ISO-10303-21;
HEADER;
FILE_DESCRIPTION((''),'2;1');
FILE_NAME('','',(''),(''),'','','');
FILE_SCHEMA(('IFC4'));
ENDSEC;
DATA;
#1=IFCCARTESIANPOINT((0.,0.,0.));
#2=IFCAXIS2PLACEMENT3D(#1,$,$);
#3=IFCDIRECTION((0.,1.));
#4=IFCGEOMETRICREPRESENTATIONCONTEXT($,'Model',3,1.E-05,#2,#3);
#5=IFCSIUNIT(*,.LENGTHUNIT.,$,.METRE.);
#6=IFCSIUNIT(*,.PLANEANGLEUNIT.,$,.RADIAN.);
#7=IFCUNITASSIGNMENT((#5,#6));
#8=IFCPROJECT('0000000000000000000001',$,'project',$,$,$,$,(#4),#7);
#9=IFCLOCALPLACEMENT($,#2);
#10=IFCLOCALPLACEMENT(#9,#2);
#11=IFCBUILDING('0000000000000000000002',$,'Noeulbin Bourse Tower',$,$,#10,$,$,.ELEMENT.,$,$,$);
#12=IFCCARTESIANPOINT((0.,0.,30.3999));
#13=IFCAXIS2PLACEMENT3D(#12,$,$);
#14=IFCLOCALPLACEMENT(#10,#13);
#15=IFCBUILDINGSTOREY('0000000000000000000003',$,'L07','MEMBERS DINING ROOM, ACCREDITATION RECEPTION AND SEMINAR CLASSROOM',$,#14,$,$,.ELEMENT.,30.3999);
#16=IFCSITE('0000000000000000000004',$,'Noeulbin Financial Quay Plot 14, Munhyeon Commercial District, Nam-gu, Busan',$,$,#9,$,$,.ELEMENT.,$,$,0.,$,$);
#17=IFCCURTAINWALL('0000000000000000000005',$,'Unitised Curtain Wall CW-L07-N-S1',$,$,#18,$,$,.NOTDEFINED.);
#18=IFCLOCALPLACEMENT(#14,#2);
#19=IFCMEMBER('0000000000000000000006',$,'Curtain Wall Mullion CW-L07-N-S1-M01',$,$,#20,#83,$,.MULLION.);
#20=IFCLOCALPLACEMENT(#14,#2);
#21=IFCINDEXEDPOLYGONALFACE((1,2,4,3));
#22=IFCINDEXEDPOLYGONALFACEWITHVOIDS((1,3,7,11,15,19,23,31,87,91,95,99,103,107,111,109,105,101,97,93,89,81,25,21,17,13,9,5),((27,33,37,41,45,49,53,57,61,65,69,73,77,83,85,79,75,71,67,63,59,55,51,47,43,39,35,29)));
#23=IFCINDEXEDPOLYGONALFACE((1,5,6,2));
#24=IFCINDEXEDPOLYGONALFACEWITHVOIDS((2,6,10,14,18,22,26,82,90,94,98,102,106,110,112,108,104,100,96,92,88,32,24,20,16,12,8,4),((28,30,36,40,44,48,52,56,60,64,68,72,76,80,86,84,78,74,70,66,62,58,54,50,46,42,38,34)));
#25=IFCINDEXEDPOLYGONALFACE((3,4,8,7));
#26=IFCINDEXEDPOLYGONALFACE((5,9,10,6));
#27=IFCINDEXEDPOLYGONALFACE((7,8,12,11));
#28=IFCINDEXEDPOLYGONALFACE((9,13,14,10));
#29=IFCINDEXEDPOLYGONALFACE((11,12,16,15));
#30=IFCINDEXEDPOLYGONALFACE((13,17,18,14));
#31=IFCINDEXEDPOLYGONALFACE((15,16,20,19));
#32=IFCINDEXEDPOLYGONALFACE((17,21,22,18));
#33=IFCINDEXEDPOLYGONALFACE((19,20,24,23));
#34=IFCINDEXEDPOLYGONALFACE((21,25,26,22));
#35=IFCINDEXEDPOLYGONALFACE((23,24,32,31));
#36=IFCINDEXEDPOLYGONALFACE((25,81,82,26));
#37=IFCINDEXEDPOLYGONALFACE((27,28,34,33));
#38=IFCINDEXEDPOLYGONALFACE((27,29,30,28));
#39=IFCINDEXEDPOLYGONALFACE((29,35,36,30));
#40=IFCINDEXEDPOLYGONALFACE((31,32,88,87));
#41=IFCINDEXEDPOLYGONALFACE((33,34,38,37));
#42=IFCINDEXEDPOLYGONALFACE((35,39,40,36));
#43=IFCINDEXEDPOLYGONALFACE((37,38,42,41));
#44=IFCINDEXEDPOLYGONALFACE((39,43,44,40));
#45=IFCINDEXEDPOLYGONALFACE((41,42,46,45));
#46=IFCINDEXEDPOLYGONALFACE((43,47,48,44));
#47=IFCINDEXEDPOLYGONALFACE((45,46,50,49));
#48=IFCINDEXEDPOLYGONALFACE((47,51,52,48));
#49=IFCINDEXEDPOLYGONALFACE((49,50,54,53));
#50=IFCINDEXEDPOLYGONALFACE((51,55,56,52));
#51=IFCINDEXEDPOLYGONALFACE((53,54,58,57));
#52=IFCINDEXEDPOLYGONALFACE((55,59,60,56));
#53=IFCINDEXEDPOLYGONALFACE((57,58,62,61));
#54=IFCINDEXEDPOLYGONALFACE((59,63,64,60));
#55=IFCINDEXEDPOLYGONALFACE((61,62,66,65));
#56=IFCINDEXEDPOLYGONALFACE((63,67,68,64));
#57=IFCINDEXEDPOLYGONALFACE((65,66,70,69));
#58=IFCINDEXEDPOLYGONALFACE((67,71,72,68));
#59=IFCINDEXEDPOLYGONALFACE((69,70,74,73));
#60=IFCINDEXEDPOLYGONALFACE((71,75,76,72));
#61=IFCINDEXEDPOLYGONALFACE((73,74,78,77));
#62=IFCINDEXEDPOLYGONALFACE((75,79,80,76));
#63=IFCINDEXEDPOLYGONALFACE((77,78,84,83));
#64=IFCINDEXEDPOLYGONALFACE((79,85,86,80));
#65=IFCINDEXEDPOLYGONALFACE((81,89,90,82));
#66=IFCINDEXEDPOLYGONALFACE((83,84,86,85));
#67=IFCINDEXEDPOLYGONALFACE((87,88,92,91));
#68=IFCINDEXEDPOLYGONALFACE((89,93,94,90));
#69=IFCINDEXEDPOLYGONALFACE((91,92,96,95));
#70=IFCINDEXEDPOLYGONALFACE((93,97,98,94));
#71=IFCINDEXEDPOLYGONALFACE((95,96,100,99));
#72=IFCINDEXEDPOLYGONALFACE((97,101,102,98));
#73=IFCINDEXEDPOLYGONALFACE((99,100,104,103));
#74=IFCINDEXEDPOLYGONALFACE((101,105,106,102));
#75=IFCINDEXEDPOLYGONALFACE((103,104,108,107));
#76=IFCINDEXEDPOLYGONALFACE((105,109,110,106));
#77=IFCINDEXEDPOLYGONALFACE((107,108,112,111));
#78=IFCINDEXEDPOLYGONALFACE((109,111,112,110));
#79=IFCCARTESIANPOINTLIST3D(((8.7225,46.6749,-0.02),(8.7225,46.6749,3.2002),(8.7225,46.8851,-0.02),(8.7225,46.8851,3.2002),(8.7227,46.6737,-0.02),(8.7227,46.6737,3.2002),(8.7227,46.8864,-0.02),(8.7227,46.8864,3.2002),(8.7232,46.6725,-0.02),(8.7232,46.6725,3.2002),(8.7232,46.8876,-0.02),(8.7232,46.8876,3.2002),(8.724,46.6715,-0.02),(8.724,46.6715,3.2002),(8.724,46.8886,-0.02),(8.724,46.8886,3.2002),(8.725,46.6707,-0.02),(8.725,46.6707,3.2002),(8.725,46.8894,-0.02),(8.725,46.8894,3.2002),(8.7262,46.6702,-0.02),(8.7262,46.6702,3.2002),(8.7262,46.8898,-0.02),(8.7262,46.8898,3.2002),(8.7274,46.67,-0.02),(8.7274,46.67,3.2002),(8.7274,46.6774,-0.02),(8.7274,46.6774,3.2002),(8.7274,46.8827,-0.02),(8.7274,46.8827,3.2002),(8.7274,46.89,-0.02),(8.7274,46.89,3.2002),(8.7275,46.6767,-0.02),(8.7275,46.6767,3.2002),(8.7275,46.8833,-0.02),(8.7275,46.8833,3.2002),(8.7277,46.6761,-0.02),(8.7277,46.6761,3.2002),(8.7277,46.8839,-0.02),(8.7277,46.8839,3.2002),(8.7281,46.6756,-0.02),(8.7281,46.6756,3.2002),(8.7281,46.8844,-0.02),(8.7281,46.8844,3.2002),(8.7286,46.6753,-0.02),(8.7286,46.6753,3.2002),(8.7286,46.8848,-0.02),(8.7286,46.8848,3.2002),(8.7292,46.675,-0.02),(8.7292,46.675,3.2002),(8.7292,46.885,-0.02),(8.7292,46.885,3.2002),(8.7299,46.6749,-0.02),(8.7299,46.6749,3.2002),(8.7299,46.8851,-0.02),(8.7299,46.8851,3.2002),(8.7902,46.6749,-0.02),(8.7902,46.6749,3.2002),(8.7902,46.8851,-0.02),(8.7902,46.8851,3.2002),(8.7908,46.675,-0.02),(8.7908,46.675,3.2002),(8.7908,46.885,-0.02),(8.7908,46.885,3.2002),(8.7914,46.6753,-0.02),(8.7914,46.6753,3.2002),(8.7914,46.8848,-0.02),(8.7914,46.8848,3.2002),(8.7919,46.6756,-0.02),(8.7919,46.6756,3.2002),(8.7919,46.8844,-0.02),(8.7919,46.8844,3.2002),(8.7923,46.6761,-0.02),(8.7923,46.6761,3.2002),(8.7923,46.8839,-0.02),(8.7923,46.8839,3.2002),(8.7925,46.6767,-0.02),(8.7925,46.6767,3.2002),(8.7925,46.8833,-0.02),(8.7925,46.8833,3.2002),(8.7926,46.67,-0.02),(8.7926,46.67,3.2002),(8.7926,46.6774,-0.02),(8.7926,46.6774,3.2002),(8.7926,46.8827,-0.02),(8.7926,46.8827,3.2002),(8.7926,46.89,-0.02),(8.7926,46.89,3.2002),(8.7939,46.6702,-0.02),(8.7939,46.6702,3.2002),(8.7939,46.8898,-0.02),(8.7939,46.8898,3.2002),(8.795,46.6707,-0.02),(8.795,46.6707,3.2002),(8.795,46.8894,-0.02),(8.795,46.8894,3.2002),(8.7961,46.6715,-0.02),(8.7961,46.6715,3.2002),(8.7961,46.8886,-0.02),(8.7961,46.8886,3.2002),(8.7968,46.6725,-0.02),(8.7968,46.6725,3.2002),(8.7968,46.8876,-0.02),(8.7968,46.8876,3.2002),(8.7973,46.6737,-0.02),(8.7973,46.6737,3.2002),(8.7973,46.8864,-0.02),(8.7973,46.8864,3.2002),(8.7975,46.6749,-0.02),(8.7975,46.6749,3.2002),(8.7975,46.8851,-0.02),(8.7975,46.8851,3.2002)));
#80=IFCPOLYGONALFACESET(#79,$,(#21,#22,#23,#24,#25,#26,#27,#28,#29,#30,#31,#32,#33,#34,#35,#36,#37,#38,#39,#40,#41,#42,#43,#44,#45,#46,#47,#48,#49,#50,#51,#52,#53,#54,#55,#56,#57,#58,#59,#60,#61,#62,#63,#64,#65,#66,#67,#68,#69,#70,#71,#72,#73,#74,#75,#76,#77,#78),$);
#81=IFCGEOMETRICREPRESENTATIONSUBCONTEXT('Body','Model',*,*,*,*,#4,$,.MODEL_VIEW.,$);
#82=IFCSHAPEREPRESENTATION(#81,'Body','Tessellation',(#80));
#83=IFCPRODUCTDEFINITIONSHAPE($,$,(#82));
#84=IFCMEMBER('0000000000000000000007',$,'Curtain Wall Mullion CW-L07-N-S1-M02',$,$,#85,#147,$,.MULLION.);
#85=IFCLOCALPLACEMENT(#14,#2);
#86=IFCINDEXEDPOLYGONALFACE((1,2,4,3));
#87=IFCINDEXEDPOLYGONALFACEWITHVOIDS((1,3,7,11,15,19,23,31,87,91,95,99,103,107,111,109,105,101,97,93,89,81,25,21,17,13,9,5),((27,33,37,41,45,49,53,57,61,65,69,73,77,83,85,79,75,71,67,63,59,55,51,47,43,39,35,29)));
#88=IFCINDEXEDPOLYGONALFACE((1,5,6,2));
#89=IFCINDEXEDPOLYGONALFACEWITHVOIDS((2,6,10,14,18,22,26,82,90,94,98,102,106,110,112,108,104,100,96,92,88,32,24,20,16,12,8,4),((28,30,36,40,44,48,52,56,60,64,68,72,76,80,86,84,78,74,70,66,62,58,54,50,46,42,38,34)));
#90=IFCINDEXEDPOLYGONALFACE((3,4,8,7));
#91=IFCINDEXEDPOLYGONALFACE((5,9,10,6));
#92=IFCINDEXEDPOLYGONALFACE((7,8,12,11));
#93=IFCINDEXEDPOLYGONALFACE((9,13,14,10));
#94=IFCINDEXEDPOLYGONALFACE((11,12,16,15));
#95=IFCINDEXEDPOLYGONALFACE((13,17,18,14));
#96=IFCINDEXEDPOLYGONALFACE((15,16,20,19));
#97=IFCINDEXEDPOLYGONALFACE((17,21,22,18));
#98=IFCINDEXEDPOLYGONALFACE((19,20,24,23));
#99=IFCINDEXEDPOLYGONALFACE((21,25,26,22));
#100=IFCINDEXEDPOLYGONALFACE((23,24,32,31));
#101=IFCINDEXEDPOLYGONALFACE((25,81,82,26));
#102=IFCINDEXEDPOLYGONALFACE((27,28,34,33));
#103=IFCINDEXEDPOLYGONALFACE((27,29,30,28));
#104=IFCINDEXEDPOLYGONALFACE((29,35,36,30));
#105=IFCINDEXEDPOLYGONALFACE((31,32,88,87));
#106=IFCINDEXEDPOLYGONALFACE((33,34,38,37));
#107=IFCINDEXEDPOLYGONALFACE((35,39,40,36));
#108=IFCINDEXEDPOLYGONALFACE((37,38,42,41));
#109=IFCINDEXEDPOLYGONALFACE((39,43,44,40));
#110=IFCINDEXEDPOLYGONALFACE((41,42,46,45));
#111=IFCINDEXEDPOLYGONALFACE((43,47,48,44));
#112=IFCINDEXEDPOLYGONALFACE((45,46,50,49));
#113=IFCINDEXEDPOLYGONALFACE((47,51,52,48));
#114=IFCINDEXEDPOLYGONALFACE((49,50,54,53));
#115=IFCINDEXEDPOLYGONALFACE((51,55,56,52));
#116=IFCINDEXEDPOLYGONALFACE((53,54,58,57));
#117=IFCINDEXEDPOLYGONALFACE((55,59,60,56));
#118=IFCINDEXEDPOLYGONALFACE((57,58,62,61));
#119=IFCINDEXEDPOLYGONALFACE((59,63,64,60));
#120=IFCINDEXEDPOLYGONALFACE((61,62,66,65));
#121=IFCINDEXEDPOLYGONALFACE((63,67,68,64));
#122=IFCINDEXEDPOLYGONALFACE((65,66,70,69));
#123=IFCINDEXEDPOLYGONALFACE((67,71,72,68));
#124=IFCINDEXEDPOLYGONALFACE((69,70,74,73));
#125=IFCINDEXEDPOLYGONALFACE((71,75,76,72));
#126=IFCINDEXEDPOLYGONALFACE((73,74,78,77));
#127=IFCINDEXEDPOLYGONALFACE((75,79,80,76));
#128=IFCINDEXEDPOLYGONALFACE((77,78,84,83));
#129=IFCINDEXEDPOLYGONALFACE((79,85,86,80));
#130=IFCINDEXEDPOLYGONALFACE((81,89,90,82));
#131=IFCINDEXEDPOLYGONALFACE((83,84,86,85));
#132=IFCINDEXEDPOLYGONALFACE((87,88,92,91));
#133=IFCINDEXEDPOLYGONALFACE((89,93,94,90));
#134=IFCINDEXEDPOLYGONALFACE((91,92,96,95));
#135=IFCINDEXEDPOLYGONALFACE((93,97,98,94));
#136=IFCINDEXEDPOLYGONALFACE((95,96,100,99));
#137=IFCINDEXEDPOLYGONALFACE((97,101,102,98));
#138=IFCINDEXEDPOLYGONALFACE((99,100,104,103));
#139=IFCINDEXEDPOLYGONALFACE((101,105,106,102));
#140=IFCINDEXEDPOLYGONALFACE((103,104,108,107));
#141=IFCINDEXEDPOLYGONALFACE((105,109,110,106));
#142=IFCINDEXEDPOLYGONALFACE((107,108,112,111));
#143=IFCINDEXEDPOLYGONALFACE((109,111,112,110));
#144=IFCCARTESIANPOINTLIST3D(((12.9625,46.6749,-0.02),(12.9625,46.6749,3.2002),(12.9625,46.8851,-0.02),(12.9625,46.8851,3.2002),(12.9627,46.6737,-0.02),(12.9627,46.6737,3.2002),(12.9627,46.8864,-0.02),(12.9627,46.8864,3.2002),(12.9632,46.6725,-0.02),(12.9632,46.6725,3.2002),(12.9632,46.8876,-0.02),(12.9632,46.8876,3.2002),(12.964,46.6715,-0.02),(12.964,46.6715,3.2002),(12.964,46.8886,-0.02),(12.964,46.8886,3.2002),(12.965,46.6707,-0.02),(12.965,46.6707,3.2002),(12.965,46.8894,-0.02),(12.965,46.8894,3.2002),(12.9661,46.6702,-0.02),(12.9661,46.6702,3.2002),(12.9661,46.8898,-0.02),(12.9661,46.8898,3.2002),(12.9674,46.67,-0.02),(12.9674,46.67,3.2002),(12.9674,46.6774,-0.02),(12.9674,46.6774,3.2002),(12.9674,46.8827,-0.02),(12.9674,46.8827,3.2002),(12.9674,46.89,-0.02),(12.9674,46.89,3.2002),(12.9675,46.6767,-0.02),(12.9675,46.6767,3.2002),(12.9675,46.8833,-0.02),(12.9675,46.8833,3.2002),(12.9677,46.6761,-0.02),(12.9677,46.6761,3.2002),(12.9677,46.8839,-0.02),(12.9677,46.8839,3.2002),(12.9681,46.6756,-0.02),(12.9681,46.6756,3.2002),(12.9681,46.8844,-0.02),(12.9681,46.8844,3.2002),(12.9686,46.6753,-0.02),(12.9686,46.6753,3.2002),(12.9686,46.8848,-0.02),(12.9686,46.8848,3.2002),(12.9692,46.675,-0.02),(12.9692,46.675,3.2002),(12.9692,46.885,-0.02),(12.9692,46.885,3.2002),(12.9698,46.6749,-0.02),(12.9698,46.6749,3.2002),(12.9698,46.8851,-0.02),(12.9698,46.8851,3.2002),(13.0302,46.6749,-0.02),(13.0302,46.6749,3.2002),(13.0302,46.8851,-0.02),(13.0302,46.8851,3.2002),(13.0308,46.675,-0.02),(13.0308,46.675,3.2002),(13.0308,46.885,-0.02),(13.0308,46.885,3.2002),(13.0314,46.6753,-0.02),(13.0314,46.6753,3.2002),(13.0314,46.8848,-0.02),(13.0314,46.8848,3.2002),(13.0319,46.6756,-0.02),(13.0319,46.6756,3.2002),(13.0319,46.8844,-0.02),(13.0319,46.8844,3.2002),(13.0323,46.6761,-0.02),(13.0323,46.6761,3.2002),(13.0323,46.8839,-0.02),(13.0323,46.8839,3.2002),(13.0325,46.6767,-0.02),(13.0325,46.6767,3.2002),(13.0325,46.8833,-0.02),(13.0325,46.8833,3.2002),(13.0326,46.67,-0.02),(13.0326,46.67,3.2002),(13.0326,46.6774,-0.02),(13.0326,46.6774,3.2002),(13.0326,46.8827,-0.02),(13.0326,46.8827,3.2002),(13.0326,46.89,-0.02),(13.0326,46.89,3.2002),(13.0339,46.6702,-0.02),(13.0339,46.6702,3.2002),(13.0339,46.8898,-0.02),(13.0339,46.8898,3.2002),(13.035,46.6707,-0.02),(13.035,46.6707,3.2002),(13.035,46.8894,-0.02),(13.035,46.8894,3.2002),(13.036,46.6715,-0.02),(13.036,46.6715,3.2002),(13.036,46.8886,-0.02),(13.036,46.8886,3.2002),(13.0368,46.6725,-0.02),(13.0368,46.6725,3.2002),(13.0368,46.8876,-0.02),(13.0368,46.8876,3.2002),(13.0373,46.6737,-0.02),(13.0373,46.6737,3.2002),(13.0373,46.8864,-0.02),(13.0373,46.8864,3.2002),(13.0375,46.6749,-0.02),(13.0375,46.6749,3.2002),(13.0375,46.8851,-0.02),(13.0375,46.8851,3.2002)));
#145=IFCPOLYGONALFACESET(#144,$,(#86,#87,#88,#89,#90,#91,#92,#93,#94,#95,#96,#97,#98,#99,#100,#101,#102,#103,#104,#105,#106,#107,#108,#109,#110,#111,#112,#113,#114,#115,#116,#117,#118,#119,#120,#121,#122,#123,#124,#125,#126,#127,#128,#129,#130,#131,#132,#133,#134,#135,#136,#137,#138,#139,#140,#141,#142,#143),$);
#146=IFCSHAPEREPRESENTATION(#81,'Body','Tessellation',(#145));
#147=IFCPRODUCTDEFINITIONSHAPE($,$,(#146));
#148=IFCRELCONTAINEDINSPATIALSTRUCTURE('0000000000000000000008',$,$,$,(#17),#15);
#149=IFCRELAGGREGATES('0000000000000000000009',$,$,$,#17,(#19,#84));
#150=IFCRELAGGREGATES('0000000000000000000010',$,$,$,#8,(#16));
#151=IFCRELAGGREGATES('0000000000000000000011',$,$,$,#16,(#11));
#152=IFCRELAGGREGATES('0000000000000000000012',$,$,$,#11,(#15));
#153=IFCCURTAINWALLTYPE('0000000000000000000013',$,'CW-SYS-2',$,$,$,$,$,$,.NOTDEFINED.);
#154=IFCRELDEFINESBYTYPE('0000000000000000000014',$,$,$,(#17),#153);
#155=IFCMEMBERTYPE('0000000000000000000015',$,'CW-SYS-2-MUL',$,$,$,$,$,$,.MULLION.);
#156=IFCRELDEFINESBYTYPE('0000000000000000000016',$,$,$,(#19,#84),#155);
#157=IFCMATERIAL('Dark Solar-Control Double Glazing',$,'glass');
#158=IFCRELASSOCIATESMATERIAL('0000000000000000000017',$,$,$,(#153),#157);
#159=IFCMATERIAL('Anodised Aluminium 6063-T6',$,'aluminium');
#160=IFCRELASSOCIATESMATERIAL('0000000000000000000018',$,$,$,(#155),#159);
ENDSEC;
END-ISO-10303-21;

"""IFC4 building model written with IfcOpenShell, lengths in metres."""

from ifc_helpers import new_model, si_unit, direction, frame, origin, origin_2d, place, context, subcontext, project, spatial, hollow_rectangle, extrude, material, material_profile, profile_set, type_object, element, aggregate, save


model = new_model("IFC4")

# Units and contexts
model_context = context("Model", 3, precision=1e-05, world=origin(), true_north=direction((0.0, 1.0)))
body_context = subcontext(model_context, "Body", "Model", "MODEL_VIEW")
ifc_project = project(units=[si_unit("LENGTHUNIT", "METRE"), si_unit("PLANEANGLEUNIT", "RADIAN")], contexts=[model_context])

# Site, building, storey
site_placement = place(None, origin())
site = spatial("IfcSite", under=ifc_project, at=site_placement, Name="Noeulbin Financial Quay Plot 14, Munhyeon Commercial District, Nam-gu, Busan", CompositionType="ELEMENT", RefElevation=0.0)
building_placement = place(site_placement, origin())
building = spatial("IfcBuilding", under=site, at=building_placement, Name="Noeulbin Bourse Tower", CompositionType="ELEMENT")
storey_placement = place(building_placement, frame((0.0, 0.0, 30.3999)))
storey = spatial("IfcBuildingStorey", under=building, at=storey_placement, Name="L07", Description="MEMBERS DINING ROOM, ACCREDITATION RECEPTION AND SEMINAR CLASSROOM", CompositionType="ELEMENT", Elevation=30.3999)

# Curtain wall, members
ifc_material_1 = material(Name="Dark Solar-Control Double Glazing", Category="glass")
curtain_wall_type = type_object("IfcCurtainWallType", Name="CW-SYS-2", PredefinedType="NOTDEFINED", material=ifc_material_1)
curtain_wall_1_placement = place(storey_placement, origin())
curtain_wall_1 = element("IfcCurtainWall", 1, at=curtain_wall_1_placement, inside=storey, type_object=curtain_wall_type, Name="Unitised Curtain Wall CW-L07-N-S1", PredefinedType="NOTDEFINED")
ifc_material_2 = material(Name="Anodised Aluminium 6063-T6", Category="aluminium")
ifc_material_profile_1 = material_profile(ifc_material_2, hollow_rectangle(XDim=0.075, YDim=0.22, WallThickness=0.0049, InnerFilletRadius=0.0024, OuterFilletRadius=0.0049, at=origin_2d()), Name="ALU-MULL-75x220x5", Category="LoadBearing")
ifc_profile_set_1 = profile_set([ifc_material_profile_1], Name="Anodised Aluminium 6063-T6")
member_type_1 = type_object("IfcMemberType", Name="CW-SYS-2-MUL", PredefinedType="MULLION", material=ifc_profile_set_1)
member_1_placement = place(storey_placement, frame((8.76, 46.78, -0.02), z_axis=(0.0, 0.0, 1.0), x_axis=(1.0, 0.0, 0.0)))
member_1 = element("IfcMember", 2, at=member_1_placement, type_object=member_type_1, Name="Curtain Wall Mullion CW-L07-N-S1-M01", PredefinedType="MULLION", context=body_context, shape_type="SweptSolid", body=[
    extrude(hollow_rectangle(XDim=0.075, YDim=0.22, WallThickness=0.0049, InnerFilletRadius=0.0024, OuterFilletRadius=0.0049, at=origin_2d()), origin(), (0.0, 0.0, 1.0), 3.2202),
])
member_2_placement = place(storey_placement, frame((13.0, 46.78, -0.02), z_axis=(0.0, 0.0, 1.0), x_axis=(1.0, 0.0, 0.0)))
member_2 = element("IfcMember", 3, at=member_2_placement, type_object=member_type_1, Name="Curtain Wall Mullion CW-L07-N-S1-M02", PredefinedType="MULLION", context=body_context, shape_type="SweptSolid", body=[
    extrude(hollow_rectangle(XDim=0.075, YDim=0.22, WallThickness=0.0049, InnerFilletRadius=0.0024, OuterFilletRadius=0.0049, at=origin_2d()), origin(), (0.0, 0.0, 1.0), 3.2202),
])

aggregate(curtain_wall_1, [member_1, member_2])

save(model, "model.ifc")
